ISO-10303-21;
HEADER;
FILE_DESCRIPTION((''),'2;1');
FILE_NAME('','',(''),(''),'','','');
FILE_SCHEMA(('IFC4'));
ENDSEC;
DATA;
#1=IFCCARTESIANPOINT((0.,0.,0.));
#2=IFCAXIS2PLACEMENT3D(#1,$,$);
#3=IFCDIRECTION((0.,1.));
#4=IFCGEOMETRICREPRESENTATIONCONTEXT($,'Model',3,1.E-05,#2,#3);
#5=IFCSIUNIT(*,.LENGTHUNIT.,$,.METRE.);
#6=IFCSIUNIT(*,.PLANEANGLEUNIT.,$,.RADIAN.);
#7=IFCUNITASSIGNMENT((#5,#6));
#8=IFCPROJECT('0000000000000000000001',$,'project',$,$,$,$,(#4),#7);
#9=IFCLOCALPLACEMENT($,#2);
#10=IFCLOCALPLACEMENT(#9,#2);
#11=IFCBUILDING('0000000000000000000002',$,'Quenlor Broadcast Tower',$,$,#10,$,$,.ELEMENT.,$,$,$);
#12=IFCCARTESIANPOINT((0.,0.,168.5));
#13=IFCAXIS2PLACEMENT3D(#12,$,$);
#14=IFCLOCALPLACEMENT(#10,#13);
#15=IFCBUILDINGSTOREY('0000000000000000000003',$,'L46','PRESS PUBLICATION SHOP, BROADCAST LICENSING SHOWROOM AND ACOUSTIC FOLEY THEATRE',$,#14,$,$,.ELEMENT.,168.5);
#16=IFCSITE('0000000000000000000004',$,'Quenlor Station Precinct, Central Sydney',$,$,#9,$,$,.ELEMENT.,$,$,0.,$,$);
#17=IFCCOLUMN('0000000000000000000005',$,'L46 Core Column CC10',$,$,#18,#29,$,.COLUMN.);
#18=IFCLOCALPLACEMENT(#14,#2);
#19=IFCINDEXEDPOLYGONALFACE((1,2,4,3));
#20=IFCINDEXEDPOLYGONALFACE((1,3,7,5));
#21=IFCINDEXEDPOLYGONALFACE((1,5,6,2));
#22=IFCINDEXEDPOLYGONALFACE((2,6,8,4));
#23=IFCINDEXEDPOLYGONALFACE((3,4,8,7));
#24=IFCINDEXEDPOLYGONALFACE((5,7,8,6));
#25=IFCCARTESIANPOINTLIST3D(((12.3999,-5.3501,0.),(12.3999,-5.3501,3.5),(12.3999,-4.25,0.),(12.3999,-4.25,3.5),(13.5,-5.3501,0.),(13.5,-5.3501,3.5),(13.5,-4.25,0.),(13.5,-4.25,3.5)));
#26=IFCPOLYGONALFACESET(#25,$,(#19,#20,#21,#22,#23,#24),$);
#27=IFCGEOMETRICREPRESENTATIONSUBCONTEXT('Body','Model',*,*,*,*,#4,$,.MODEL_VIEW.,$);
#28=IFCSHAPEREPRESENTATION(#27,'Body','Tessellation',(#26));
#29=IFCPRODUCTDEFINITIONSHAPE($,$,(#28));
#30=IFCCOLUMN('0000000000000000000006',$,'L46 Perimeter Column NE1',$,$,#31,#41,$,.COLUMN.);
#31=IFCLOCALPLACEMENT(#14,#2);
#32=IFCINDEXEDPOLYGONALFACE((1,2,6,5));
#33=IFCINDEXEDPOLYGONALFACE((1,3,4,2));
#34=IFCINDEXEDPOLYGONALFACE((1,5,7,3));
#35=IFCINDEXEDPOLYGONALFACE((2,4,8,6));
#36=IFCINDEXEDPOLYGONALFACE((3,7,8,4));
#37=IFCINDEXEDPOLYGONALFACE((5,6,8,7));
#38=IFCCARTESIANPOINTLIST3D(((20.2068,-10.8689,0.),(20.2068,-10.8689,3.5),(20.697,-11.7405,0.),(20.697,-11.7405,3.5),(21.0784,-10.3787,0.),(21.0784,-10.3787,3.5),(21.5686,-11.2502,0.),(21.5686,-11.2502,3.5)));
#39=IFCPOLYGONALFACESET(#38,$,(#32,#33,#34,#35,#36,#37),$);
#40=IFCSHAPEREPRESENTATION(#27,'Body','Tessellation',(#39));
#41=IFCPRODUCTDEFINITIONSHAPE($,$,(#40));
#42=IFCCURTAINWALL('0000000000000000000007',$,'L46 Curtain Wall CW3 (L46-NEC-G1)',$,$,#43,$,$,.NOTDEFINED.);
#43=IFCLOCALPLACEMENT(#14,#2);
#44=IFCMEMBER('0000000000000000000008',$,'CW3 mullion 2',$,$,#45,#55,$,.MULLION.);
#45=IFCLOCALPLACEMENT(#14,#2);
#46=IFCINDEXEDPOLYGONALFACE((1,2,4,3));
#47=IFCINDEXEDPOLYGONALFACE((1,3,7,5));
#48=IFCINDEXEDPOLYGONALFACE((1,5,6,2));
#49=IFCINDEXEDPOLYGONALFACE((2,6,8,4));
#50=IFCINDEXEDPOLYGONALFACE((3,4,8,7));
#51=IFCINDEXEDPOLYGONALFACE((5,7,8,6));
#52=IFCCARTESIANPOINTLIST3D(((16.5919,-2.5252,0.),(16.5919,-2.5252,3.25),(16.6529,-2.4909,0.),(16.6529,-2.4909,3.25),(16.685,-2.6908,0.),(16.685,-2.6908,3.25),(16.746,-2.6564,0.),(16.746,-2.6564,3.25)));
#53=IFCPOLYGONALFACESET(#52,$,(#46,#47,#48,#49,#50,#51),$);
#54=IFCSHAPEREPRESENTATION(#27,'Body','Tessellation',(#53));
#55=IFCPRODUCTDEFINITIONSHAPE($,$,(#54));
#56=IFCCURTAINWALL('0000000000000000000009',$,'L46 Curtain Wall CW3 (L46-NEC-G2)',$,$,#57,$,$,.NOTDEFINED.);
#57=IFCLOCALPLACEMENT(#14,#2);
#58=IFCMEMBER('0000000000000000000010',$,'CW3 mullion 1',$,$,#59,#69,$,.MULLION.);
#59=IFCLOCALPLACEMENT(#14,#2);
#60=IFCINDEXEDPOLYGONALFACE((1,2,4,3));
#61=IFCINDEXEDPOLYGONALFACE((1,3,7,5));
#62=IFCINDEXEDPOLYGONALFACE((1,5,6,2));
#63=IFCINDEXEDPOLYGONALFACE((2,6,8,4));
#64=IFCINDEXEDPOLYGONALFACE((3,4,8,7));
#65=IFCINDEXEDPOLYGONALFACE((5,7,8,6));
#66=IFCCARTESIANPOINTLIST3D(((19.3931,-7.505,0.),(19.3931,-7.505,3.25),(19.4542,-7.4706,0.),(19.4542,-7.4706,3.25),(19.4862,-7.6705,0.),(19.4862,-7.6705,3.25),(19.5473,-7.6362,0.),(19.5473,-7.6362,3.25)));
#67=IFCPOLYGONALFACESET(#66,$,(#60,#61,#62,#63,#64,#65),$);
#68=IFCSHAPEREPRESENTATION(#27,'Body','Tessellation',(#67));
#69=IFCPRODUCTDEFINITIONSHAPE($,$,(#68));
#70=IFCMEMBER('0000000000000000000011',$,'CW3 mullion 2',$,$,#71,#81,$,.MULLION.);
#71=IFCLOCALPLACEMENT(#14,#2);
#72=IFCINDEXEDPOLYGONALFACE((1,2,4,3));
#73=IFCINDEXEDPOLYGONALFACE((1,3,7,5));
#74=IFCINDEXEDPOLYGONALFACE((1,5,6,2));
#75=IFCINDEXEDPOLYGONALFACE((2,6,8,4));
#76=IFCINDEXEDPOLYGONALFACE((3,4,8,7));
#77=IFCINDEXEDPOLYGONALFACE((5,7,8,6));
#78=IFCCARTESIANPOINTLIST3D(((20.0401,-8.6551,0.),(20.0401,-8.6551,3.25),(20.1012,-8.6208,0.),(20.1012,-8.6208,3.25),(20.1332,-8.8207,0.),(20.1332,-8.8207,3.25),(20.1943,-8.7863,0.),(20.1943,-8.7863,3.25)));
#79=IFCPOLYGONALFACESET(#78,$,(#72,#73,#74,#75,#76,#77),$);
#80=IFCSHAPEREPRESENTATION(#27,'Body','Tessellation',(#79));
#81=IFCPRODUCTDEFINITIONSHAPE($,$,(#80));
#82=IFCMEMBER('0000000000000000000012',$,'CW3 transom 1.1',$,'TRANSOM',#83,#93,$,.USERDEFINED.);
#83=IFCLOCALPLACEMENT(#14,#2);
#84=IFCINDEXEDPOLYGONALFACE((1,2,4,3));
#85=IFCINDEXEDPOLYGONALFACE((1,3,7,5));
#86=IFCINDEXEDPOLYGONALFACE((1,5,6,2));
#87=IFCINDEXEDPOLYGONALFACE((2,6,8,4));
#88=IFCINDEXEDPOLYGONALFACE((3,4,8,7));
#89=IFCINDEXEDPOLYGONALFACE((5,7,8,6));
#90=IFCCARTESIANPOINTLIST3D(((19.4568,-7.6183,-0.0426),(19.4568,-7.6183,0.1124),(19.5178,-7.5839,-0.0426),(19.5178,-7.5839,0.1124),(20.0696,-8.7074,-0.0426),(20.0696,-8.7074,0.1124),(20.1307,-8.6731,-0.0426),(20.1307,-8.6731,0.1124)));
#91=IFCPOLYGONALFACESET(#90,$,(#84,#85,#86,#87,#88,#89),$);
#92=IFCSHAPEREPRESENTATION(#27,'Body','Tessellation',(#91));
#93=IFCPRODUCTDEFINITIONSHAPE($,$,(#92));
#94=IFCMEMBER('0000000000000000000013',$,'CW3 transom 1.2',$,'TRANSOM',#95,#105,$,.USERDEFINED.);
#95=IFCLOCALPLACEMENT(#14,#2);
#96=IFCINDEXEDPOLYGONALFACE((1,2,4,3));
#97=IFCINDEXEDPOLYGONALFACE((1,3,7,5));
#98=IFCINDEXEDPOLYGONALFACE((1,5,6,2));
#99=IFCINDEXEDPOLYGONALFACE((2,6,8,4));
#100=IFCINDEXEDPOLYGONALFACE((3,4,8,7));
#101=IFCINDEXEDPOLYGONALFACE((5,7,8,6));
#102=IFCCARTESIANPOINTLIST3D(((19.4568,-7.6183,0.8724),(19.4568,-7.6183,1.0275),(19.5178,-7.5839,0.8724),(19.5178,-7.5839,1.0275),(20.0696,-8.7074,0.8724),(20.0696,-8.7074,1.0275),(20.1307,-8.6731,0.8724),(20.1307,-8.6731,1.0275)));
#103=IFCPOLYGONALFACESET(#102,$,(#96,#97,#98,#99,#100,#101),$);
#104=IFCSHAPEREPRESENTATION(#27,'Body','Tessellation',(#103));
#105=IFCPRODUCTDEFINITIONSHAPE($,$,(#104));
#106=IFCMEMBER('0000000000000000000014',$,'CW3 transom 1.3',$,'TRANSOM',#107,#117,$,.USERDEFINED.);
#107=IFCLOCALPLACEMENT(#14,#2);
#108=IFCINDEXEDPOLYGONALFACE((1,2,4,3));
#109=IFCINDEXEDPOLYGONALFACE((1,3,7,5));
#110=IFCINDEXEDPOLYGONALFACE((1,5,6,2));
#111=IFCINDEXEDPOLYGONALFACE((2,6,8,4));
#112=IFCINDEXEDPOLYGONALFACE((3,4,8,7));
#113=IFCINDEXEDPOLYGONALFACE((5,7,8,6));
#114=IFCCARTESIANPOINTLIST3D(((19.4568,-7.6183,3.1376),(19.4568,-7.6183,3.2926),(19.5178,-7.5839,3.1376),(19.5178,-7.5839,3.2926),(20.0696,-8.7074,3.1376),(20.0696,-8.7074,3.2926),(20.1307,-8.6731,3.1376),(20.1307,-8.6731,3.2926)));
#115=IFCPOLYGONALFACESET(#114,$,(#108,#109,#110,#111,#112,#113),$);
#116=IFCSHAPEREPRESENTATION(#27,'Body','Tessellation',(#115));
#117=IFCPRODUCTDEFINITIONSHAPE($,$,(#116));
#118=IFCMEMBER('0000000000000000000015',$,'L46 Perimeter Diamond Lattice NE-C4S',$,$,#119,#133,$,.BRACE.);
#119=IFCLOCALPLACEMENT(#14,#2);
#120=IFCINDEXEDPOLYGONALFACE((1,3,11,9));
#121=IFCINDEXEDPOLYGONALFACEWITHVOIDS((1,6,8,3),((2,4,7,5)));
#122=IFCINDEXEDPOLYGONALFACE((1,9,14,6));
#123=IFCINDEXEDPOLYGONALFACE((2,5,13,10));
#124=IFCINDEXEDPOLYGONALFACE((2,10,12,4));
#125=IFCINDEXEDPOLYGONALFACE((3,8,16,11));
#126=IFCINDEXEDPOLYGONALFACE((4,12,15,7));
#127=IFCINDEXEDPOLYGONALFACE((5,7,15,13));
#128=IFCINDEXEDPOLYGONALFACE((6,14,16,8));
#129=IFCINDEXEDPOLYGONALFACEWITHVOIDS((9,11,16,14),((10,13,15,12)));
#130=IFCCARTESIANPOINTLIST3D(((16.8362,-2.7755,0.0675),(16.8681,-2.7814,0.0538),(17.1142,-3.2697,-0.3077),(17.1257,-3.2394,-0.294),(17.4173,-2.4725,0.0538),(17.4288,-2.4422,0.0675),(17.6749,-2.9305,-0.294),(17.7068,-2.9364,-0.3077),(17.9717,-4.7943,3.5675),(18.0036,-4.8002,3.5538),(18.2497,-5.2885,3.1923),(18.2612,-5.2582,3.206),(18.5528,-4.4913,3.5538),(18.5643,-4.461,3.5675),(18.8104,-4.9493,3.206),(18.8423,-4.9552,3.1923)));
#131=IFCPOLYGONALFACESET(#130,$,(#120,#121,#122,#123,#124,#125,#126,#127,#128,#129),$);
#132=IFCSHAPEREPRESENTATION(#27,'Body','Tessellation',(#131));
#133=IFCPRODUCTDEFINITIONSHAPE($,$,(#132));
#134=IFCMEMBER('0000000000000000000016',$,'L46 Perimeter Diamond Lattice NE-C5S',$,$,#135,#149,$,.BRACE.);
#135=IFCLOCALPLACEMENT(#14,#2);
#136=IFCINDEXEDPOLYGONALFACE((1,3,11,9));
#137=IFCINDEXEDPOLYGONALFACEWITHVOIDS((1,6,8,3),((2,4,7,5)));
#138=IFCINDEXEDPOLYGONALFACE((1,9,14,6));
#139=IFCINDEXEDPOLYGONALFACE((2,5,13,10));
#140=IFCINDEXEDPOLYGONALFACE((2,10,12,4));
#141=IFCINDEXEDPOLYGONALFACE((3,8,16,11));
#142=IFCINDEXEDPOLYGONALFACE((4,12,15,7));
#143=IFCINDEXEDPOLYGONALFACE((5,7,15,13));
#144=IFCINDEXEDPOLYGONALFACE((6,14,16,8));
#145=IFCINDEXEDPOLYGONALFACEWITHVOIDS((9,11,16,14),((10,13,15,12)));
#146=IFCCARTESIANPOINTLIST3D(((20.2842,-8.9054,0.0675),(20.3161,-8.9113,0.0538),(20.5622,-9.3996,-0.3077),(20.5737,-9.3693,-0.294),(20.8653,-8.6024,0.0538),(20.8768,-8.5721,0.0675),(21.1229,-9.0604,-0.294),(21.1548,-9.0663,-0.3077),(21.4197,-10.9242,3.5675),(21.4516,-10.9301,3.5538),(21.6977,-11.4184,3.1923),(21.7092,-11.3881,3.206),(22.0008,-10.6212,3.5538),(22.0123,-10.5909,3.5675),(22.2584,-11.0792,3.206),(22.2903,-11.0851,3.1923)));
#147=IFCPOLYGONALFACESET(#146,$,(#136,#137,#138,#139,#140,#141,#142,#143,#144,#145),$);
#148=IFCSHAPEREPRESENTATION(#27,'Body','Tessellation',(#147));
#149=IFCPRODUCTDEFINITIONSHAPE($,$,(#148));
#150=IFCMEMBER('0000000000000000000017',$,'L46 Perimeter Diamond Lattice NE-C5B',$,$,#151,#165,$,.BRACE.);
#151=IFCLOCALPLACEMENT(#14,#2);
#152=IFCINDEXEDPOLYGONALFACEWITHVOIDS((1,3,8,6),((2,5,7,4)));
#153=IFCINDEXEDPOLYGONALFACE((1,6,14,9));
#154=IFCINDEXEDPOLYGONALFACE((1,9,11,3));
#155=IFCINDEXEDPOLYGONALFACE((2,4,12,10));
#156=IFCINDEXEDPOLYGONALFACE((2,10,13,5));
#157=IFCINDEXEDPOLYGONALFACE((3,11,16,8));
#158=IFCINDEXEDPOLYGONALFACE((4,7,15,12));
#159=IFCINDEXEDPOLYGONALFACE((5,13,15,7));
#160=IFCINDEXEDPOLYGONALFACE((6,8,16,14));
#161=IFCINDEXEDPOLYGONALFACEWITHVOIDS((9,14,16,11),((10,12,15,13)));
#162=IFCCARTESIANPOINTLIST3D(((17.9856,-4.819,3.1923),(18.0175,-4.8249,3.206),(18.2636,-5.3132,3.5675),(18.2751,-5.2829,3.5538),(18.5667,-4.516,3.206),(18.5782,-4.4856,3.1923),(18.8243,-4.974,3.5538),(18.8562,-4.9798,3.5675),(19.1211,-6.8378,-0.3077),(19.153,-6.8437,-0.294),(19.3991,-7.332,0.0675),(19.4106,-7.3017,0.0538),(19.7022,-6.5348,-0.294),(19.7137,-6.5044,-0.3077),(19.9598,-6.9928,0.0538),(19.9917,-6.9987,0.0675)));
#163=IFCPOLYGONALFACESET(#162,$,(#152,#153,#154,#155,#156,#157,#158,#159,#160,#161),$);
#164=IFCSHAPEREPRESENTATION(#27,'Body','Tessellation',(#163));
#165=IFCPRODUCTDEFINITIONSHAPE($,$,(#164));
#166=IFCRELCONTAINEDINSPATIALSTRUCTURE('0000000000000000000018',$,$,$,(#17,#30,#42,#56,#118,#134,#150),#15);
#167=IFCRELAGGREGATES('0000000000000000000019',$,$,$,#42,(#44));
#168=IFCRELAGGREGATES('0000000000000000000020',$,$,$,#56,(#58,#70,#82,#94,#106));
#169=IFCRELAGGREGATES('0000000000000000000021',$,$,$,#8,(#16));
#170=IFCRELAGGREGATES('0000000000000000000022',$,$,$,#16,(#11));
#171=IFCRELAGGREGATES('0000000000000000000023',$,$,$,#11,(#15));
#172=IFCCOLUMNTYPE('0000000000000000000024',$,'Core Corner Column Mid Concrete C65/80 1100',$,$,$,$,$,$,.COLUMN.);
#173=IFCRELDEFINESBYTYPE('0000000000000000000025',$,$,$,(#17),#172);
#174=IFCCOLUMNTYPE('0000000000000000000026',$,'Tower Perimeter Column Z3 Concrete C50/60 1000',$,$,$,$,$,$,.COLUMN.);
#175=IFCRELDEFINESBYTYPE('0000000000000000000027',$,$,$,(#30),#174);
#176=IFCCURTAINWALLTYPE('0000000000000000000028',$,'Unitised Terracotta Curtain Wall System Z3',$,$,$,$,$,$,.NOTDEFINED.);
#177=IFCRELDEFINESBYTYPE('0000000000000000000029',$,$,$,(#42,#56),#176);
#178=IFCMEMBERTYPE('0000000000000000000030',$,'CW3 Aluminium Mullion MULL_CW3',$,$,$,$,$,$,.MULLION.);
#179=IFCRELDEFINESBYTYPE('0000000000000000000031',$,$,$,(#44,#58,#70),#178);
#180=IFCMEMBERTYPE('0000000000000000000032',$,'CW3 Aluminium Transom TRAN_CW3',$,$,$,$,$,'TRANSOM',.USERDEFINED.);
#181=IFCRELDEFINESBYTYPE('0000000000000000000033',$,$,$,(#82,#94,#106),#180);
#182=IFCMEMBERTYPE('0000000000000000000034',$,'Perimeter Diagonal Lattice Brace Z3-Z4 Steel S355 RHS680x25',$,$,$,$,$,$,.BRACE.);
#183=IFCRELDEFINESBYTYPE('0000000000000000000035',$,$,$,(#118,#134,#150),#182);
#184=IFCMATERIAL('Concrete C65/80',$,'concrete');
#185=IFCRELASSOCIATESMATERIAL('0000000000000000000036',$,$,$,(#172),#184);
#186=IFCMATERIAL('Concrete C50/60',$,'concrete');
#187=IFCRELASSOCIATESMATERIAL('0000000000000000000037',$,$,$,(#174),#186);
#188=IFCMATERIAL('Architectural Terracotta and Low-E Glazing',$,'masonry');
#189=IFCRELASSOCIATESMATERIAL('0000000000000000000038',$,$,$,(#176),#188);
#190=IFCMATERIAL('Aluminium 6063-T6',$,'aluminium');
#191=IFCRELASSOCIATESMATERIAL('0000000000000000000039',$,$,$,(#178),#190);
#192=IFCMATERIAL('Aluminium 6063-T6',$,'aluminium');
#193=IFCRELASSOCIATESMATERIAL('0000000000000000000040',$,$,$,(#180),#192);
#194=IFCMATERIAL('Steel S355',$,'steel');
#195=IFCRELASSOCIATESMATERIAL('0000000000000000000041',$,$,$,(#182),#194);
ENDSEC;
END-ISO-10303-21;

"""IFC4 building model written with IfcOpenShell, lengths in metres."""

from ifc_helpers import new_model, si_unit, direction, frame, origin, origin_2d, place, context, subcontext, project, spatial, rectangle, hollow_rectangle, extrude, material, material_profile, profile_set, type_object, element, aggregate, save


model = new_model("IFC4")

# Units and contexts
model_context = context("Model", 3, precision=1e-05, world=origin(), true_north=direction((0.0, 1.0)))
body_context = subcontext(model_context, "Body", "Model", "MODEL_VIEW")
ifc_project = project(units=[si_unit("LENGTHUNIT", "METRE"), si_unit("PLANEANGLEUNIT", "RADIAN")], contexts=[model_context])

# Site, building, storey
site_placement = place(None, origin())
site = spatial("IfcSite", under=ifc_project, at=site_placement, Name="Quenlor Station Precinct, Central Sydney", CompositionType="ELEMENT", RefElevation=0.0)
building_placement = place(site_placement, origin())
building = spatial("IfcBuilding", under=site, at=building_placement, Name="Quenlor Broadcast Tower", CompositionType="ELEMENT")
storey_placement = place(building_placement, frame((0.0, 0.0, 168.5)))
storey = spatial("IfcBuildingStorey", under=building, at=storey_placement, Name="L46", Description="PRESS PUBLICATION SHOP, BROADCAST LICENSING SHOWROOM AND ACOUSTIC FOLEY THEATRE", CompositionType="ELEMENT", Elevation=168.5)

# Columns
ifc_material_1 = material(Name="Concrete C65/80", Category="concrete")
ifc_material_profile_1 = material_profile(ifc_material_1, rectangle(XDim=1.1001, YDim=1.1001, at=origin_2d()))
ifc_profile_set_1 = profile_set([ifc_material_profile_1], Name="Concrete C65/80 RC1100x1100")
column_type_1 = type_object("IfcColumnType", Name="Core Corner Column Mid Concrete C65/80 1100", PredefinedType="COLUMN", material=ifc_profile_set_1)
column_1_placement = place(storey_placement, frame((12.95, -4.8, 0.0), z_axis=(0.0, 0.0, 1.0), x_axis=(1.0, 0.0, 0.0)))
element("IfcColumn", 1, at=column_1_placement, inside=storey, type_object=column_type_1, Name="L46 Core Column CC10", PredefinedType="COLUMN", context=body_context, shape_type="SweptSolid", body=[
    extrude(rectangle(XDim=1.1001, YDim=1.1001, at=origin_2d()), origin(), (0.0, 0.0, 1.0), 3.5),
])
ifc_material_2 = material(Name="Concrete C50/60", Category="concrete")
ifc_material_profile_2 = material_profile(ifc_material_2, rectangle(XDim=1.0, YDim=1.0, at=origin_2d()))
ifc_profile_set_2 = profile_set([ifc_material_profile_2], Name="Concrete C50/60 RC1000x1000")
column_type_2 = type_object("IfcColumnType", Name="Tower Perimeter Column Z3 Concrete C50/60 1000", PredefinedType="COLUMN", material=ifc_profile_set_2)
column_2_placement = place(storey_placement, frame((20.8877, -11.0596, 0.0), z_axis=(0.0, 0.0, 1.0), x_axis=(0.871575, 0.490262, 0.0)))
element("IfcColumn", 2, at=column_2_placement, inside=storey, type_object=column_type_2, Name="L46 Perimeter Column NE1", PredefinedType="COLUMN", context=body_context, shape_type="SweptSolid", body=[
    extrude(rectangle(XDim=1.0, YDim=1.0, at=origin_2d()), origin(), (0.0, 0.0, 1.0), 3.5),
])

# Curtain wall, member
ifc_material_3 = material(Name="Architectural Terracotta and Low-E Glazing", Category="masonry")
curtain_wall_type = type_object("IfcCurtainWallType", Name="Unitised Terracotta Curtain Wall System Z3", PredefinedType="NOTDEFINED", material=ifc_material_3)
curtain_wall_1_placement = place(storey_placement, origin())
curtain_wall_1 = element("IfcCurtainWall", 3, at=curtain_wall_1_placement, inside=storey, type_object=curtain_wall_type, Name="L46 Curtain Wall CW3 (L46-NEC-G1)", PredefinedType="NOTDEFINED")
ifc_material_4 = material(Name="Aluminium 6063-T6", Category="aluminium")
ifc_material_profile_3 = material_profile(ifc_material_4, rectangle(XDim=0.0701, YDim=0.1899, at=origin_2d()))
ifc_profile_set_3 = profile_set([ifc_material_profile_3], Name="Aluminium 6063-T6 MULL70x190")
member_type_1 = type_object("IfcMemberType", Name="CW3 Aluminium Mullion MULL_CW3", PredefinedType="MULLION", material=ifc_profile_set_3)
member_1_placement = place(storey_placement, frame((16.6689, -2.5908, 0.0), z_axis=(0.0, 0.0, 1.0), x_axis=(0.87158, 0.490253, 0.0)))
member_1 = element("IfcMember", 4, at=member_1_placement, type_object=member_type_1, Name="CW3 mullion 2", PredefinedType="MULLION", context=body_context, shape_type="SweptSolid", body=[
    extrude(rectangle(XDim=0.0701, YDim=0.1899, at=origin_2d()), origin(), (0.0, 0.0, 1.0), 3.25),
])
aggregate(curtain_wall_1, [member_1])

# Curtain wall, members
curtain_wall_2_placement = place(storey_placement, origin())
curtain_wall_2 = element("IfcCurtainWall", 5, at=curtain_wall_2_placement, inside=storey, type_object=curtain_wall_type, Name="L46 Curtain Wall CW3 (L46-NEC-G2)", PredefinedType="NOTDEFINED")
member_2_placement = place(storey_placement, frame((19.4702, -7.5706, 0.0), z_axis=(0.0, 0.0, 1.0), x_axis=(0.871576, 0.490261, 0.0)))
member_2 = element("IfcMember", 6, at=member_2_placement, type_object=member_type_1, Name="CW3 mullion 1", PredefinedType="MULLION", context=body_context, shape_type="SweptSolid", body=[
    extrude(rectangle(XDim=0.0701, YDim=0.1899, at=origin_2d()), origin(), (0.0, 0.0, 1.0), 3.25),
])
member_3_placement = place(storey_placement, frame((20.1172, -8.7207, 0.0), z_axis=(0.0, 0.0, 1.0), x_axis=(0.871576, 0.490261, 0.0)))
member_3 = element("IfcMember", 7, at=member_3_placement, type_object=member_type_1, Name="CW3 mullion 2", PredefinedType="MULLION", context=body_context, shape_type="SweptSolid", body=[
    extrude(rectangle(XDim=0.0701, YDim=0.1899, at=origin_2d()), origin(), (0.0, 0.0, 1.0), 3.25),
])
ifc_material_5 = material(Name="Aluminium 6063-T6", Category="aluminium")
ifc_material_profile_4 = material_profile(ifc_material_5, rectangle(XDim=0.0701, YDim=0.155, at=origin_2d()))
ifc_profile_set_4 = profile_set([ifc_material_profile_4], Name="Aluminium 6063-T6 TRAN70x155")
member_type_2 = type_object("IfcMemberType", Name="CW3 Aluminium Transom TRAN_CW3", ElementType="TRANSOM", PredefinedType="USERDEFINED", material=ifc_profile_set_4)
member_4_placement = place(storey_placement, frame((19.4873, -7.6011, 0.0349), z_axis=(0.490363, -0.871518, 0.0), x_axis=(0.871518, 0.490363, 0.0)))
member_4 = element("IfcMember", 8, at=member_4_placement, type_object=member_type_2, Name="CW3 transom 1.1", ObjectType="TRANSOM", PredefinedType="USERDEFINED", context=body_context, shape_type="SweptSolid", body=[
    extrude(rectangle(XDim=0.0701, YDim=0.155, at=origin_2d()), origin(), (0.0, 0.0, 1.0), 1.2498),
])
member_5_placement = place(storey_placement, frame((19.4873, -7.6011, 0.95), z_axis=(0.490363, -0.871518, 0.0), x_axis=(0.871518, 0.490363, 0.0)))
member_5 = element("IfcMember", 9, at=member_5_placement, type_object=member_type_2, Name="CW3 transom 1.2", ObjectType="TRANSOM", PredefinedType="USERDEFINED", context=body_context, shape_type="SweptSolid", body=[
    extrude(rectangle(XDim=0.0701, YDim=0.155, at=origin_2d()), origin(), (0.0, 0.0, 1.0), 1.2498),
])
member_6_placement = place(storey_placement, frame((19.4873, -7.6011, 3.2151), z_axis=(0.490363, -0.871518, 0.0), x_axis=(0.871518, 0.490363, 0.0)))
member_6 = element("IfcMember", 10, at=member_6_placement, type_object=member_type_2, Name="CW3 transom 1.3", ObjectType="TRANSOM", PredefinedType="USERDEFINED", context=body_context, shape_type="SweptSolid", body=[
    extrude(rectangle(XDim=0.0701, YDim=0.155, at=origin_2d()), origin(), (0.0, 0.0, 1.0), 1.2498),
])

# Members
ifc_material_6 = material(Name="Steel S355", Category="steel")
ifc_material_profile_5 = material_profile(ifc_material_6, hollow_rectangle(XDim=0.6799, YDim=0.6799, WallThickness=0.0249, at=origin_2d()))
ifc_profile_set_5 = profile_set([ifc_material_profile_5], Name="Steel S355 RHS680x680x25")
member_type_3 = type_object("IfcMemberType", Name="Perimeter Diagonal Lattice Brace Z3-Z4 Steel S355 RHS680x25", PredefinedType="BRACE", material=ifc_profile_set_5)
for number, where, z_axis, x_axis, name in (
    (11, (17.2715, -2.856, -0.1201), (0.270549, -0.481009, 0.833927), (0.87159, 0.490236, 0.0), "L46 Perimeter Diamond Lattice NE-C4S"),
    (12, (20.7195, -8.9858, -0.1201), (0.270549, -0.481009, 0.833927), (0.87159, 0.490236, 0.0), "L46 Perimeter Diamond Lattice NE-C5S"),
    (13, (19.5564, -6.9182, -0.1201), (-0.270549, 0.481009, 0.833927), (-0.87159, -0.490236, 0.0), "L46 Perimeter Diamond Lattice NE-C5B"),
):
    element("IfcMember", number, at=place(storey_placement, frame(where, z_axis=z_axis, x_axis=x_axis)), inside=storey, type_object=member_type_3, Name=name, PredefinedType="BRACE", context=body_context, shape_type="SweptSolid", body=[
        extrude(hollow_rectangle(XDim=0.6799, YDim=0.6799, WallThickness=0.0249, at=origin_2d()), origin(), (0.0, 0.0, 1.0), 4.197),
    ])

aggregate(curtain_wall_2, [member_2, member_3, member_4, member_5, member_6])

save(model, "model.ifc")
